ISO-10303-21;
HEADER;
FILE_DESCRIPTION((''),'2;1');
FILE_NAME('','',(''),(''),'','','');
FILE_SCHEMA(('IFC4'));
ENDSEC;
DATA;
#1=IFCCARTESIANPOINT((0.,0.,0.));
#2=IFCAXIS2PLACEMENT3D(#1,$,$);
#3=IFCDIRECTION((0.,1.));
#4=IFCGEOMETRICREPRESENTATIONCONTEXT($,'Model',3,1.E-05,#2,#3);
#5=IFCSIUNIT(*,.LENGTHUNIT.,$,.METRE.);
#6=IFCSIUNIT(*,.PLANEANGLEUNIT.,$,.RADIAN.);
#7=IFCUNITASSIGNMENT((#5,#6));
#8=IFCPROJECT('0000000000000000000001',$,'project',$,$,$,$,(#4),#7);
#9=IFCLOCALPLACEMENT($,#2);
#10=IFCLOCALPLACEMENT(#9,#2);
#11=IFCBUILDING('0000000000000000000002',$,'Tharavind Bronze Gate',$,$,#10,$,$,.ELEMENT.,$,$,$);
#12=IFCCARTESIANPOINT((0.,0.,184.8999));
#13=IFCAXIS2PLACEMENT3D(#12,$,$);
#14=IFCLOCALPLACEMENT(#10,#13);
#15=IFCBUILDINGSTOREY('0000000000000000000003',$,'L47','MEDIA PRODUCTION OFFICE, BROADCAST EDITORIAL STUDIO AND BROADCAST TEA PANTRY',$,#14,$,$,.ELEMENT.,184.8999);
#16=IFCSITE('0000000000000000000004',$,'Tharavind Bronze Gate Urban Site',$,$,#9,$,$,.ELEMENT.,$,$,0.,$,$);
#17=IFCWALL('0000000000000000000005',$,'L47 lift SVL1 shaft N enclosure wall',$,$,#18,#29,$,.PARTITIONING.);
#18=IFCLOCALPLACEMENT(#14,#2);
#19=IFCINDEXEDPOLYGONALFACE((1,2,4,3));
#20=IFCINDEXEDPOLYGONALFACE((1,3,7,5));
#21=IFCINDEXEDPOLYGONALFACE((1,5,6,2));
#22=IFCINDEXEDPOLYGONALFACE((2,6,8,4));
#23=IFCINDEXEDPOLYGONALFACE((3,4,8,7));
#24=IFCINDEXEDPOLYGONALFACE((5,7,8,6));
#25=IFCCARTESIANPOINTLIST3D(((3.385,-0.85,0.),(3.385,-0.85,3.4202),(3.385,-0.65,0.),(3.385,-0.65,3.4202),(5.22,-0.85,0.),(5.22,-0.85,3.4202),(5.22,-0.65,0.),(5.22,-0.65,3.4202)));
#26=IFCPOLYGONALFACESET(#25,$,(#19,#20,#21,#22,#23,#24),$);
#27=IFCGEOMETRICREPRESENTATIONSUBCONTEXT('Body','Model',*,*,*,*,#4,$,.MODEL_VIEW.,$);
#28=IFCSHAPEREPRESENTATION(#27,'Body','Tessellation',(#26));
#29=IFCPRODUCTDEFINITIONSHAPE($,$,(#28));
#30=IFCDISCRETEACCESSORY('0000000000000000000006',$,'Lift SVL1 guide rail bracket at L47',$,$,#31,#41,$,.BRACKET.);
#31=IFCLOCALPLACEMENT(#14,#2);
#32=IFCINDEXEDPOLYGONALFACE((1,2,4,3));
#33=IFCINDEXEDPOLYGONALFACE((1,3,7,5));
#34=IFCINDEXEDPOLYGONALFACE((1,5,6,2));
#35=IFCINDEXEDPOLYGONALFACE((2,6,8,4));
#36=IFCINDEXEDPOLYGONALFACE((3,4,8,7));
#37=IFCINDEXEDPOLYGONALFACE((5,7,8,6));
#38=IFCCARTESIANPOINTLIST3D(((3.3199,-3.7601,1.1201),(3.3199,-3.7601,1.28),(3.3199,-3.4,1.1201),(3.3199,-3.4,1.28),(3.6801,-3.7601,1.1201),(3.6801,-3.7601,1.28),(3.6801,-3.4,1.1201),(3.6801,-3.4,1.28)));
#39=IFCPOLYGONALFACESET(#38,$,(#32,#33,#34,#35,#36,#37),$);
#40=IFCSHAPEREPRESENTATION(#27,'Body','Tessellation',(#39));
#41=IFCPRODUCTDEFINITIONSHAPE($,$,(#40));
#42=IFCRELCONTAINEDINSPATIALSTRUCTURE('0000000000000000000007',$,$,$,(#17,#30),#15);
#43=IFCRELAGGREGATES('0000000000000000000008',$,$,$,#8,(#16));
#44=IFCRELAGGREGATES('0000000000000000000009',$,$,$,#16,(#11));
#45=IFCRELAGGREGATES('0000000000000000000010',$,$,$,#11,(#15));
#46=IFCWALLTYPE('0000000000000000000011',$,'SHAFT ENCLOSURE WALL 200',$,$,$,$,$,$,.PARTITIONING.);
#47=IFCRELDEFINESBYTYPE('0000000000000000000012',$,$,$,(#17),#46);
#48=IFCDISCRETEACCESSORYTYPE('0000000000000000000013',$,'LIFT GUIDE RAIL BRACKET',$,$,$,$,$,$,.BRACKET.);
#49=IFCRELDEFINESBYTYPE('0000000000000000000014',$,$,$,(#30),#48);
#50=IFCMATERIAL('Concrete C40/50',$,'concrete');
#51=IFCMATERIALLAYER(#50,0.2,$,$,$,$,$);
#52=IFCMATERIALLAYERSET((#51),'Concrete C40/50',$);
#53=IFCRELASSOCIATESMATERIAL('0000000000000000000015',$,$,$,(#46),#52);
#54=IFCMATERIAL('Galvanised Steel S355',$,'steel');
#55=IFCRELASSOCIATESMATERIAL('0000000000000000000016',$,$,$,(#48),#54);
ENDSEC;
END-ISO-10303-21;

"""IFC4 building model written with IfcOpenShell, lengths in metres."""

from ifc_helpers import new_model, si_unit, direction, frame, frame_2d, origin, origin_2d, place, context, subcontext, project, spatial, rectangle, extrude, material, layer, layer_set, type_object, element, save


model = new_model("IFC4")

# Units and contexts
model_context = context("Model", 3, precision=1e-05, world=origin(), true_north=direction((0.0, 1.0)))
body_context = subcontext(model_context, "Body", "Model", "MODEL_VIEW")
ifc_project = project(units=[si_unit("LENGTHUNIT", "METRE"), si_unit("PLANEANGLEUNIT", "RADIAN")], contexts=[model_context])

# Site, building, storey
site_placement = place(None, origin())
site = spatial("IfcSite", under=ifc_project, at=site_placement, Name="Tharavind Bronze Gate Urban Site", CompositionType="ELEMENT", RefElevation=0.0)
building_placement = place(site_placement, origin())
building = spatial("IfcBuilding", under=site, at=building_placement, Name="Tharavind Bronze Gate", CompositionType="ELEMENT")
storey_placement = place(building_placement, frame((0.0, 0.0, 184.8999)))
storey = spatial("IfcBuildingStorey", under=building, at=storey_placement, Name="L47", Description="MEDIA PRODUCTION OFFICE, BROADCAST EDITORIAL STUDIO AND BROADCAST TEA PANTRY", CompositionType="ELEMENT", Elevation=184.8999)

# Wall
ifc_material_1 = material(Name="Concrete C40/50", Category="concrete")
ifc_layer_1 = layer(ifc_material_1, 0.2)
ifc_layer_set_1 = layer_set([ifc_layer_1], Name="Concrete C40/50")
wall_type_1 = type_object("IfcWallType", Name="SHAFT ENCLOSURE WALL 200", PredefinedType="PARTITIONING", material=ifc_layer_set_1)
wall_1_placement = place(storey_placement, frame((3.385, -0.75, 0.0), z_axis=(0.0, 0.0, 1.0), x_axis=(1.0, 0.0, 0.0)))
element("IfcWall", 1, at=wall_1_placement, inside=storey, type_object=wall_type_1, Name="L47 lift SVL1 shaft N enclosure wall", PredefinedType="PARTITIONING", context=body_context, shape_type="SweptSolid", body=[
    extrude(rectangle(XDim=1.835, YDim=0.2, at=frame_2d((0.9175, 0.0))), origin(), (0.0, 0.0, 1.0), 3.4202),
])

# Discrete accessory
ifc_material_2 = material(Name="Galvanised Steel S355", Category="steel")
discrete_accessory_type = type_object("IfcDiscreteAccessoryType", Name="LIFT GUIDE RAIL BRACKET", PredefinedType="BRACKET", material=ifc_material_2)
discrete_accessory_placement = place(storey_placement, frame((3.5, -3.5801, 1.1201), z_axis=(0.0, 0.0, 1.0), x_axis=(1.0, 0.0, 0.0)))
element("IfcDiscreteAccessory", 2, at=discrete_accessory_placement, inside=storey, type_object=discrete_accessory_type, Name="Lift SVL1 guide rail bracket at L47", PredefinedType="BRACKET", context=body_context, shape_type="SweptSolid", body=[
    extrude(rectangle(XDim=0.3601, YDim=0.3601, at=origin_2d()), origin(), (0.0, 0.0, 1.0), 0.1599),
])

save(model, "model.ifc")
